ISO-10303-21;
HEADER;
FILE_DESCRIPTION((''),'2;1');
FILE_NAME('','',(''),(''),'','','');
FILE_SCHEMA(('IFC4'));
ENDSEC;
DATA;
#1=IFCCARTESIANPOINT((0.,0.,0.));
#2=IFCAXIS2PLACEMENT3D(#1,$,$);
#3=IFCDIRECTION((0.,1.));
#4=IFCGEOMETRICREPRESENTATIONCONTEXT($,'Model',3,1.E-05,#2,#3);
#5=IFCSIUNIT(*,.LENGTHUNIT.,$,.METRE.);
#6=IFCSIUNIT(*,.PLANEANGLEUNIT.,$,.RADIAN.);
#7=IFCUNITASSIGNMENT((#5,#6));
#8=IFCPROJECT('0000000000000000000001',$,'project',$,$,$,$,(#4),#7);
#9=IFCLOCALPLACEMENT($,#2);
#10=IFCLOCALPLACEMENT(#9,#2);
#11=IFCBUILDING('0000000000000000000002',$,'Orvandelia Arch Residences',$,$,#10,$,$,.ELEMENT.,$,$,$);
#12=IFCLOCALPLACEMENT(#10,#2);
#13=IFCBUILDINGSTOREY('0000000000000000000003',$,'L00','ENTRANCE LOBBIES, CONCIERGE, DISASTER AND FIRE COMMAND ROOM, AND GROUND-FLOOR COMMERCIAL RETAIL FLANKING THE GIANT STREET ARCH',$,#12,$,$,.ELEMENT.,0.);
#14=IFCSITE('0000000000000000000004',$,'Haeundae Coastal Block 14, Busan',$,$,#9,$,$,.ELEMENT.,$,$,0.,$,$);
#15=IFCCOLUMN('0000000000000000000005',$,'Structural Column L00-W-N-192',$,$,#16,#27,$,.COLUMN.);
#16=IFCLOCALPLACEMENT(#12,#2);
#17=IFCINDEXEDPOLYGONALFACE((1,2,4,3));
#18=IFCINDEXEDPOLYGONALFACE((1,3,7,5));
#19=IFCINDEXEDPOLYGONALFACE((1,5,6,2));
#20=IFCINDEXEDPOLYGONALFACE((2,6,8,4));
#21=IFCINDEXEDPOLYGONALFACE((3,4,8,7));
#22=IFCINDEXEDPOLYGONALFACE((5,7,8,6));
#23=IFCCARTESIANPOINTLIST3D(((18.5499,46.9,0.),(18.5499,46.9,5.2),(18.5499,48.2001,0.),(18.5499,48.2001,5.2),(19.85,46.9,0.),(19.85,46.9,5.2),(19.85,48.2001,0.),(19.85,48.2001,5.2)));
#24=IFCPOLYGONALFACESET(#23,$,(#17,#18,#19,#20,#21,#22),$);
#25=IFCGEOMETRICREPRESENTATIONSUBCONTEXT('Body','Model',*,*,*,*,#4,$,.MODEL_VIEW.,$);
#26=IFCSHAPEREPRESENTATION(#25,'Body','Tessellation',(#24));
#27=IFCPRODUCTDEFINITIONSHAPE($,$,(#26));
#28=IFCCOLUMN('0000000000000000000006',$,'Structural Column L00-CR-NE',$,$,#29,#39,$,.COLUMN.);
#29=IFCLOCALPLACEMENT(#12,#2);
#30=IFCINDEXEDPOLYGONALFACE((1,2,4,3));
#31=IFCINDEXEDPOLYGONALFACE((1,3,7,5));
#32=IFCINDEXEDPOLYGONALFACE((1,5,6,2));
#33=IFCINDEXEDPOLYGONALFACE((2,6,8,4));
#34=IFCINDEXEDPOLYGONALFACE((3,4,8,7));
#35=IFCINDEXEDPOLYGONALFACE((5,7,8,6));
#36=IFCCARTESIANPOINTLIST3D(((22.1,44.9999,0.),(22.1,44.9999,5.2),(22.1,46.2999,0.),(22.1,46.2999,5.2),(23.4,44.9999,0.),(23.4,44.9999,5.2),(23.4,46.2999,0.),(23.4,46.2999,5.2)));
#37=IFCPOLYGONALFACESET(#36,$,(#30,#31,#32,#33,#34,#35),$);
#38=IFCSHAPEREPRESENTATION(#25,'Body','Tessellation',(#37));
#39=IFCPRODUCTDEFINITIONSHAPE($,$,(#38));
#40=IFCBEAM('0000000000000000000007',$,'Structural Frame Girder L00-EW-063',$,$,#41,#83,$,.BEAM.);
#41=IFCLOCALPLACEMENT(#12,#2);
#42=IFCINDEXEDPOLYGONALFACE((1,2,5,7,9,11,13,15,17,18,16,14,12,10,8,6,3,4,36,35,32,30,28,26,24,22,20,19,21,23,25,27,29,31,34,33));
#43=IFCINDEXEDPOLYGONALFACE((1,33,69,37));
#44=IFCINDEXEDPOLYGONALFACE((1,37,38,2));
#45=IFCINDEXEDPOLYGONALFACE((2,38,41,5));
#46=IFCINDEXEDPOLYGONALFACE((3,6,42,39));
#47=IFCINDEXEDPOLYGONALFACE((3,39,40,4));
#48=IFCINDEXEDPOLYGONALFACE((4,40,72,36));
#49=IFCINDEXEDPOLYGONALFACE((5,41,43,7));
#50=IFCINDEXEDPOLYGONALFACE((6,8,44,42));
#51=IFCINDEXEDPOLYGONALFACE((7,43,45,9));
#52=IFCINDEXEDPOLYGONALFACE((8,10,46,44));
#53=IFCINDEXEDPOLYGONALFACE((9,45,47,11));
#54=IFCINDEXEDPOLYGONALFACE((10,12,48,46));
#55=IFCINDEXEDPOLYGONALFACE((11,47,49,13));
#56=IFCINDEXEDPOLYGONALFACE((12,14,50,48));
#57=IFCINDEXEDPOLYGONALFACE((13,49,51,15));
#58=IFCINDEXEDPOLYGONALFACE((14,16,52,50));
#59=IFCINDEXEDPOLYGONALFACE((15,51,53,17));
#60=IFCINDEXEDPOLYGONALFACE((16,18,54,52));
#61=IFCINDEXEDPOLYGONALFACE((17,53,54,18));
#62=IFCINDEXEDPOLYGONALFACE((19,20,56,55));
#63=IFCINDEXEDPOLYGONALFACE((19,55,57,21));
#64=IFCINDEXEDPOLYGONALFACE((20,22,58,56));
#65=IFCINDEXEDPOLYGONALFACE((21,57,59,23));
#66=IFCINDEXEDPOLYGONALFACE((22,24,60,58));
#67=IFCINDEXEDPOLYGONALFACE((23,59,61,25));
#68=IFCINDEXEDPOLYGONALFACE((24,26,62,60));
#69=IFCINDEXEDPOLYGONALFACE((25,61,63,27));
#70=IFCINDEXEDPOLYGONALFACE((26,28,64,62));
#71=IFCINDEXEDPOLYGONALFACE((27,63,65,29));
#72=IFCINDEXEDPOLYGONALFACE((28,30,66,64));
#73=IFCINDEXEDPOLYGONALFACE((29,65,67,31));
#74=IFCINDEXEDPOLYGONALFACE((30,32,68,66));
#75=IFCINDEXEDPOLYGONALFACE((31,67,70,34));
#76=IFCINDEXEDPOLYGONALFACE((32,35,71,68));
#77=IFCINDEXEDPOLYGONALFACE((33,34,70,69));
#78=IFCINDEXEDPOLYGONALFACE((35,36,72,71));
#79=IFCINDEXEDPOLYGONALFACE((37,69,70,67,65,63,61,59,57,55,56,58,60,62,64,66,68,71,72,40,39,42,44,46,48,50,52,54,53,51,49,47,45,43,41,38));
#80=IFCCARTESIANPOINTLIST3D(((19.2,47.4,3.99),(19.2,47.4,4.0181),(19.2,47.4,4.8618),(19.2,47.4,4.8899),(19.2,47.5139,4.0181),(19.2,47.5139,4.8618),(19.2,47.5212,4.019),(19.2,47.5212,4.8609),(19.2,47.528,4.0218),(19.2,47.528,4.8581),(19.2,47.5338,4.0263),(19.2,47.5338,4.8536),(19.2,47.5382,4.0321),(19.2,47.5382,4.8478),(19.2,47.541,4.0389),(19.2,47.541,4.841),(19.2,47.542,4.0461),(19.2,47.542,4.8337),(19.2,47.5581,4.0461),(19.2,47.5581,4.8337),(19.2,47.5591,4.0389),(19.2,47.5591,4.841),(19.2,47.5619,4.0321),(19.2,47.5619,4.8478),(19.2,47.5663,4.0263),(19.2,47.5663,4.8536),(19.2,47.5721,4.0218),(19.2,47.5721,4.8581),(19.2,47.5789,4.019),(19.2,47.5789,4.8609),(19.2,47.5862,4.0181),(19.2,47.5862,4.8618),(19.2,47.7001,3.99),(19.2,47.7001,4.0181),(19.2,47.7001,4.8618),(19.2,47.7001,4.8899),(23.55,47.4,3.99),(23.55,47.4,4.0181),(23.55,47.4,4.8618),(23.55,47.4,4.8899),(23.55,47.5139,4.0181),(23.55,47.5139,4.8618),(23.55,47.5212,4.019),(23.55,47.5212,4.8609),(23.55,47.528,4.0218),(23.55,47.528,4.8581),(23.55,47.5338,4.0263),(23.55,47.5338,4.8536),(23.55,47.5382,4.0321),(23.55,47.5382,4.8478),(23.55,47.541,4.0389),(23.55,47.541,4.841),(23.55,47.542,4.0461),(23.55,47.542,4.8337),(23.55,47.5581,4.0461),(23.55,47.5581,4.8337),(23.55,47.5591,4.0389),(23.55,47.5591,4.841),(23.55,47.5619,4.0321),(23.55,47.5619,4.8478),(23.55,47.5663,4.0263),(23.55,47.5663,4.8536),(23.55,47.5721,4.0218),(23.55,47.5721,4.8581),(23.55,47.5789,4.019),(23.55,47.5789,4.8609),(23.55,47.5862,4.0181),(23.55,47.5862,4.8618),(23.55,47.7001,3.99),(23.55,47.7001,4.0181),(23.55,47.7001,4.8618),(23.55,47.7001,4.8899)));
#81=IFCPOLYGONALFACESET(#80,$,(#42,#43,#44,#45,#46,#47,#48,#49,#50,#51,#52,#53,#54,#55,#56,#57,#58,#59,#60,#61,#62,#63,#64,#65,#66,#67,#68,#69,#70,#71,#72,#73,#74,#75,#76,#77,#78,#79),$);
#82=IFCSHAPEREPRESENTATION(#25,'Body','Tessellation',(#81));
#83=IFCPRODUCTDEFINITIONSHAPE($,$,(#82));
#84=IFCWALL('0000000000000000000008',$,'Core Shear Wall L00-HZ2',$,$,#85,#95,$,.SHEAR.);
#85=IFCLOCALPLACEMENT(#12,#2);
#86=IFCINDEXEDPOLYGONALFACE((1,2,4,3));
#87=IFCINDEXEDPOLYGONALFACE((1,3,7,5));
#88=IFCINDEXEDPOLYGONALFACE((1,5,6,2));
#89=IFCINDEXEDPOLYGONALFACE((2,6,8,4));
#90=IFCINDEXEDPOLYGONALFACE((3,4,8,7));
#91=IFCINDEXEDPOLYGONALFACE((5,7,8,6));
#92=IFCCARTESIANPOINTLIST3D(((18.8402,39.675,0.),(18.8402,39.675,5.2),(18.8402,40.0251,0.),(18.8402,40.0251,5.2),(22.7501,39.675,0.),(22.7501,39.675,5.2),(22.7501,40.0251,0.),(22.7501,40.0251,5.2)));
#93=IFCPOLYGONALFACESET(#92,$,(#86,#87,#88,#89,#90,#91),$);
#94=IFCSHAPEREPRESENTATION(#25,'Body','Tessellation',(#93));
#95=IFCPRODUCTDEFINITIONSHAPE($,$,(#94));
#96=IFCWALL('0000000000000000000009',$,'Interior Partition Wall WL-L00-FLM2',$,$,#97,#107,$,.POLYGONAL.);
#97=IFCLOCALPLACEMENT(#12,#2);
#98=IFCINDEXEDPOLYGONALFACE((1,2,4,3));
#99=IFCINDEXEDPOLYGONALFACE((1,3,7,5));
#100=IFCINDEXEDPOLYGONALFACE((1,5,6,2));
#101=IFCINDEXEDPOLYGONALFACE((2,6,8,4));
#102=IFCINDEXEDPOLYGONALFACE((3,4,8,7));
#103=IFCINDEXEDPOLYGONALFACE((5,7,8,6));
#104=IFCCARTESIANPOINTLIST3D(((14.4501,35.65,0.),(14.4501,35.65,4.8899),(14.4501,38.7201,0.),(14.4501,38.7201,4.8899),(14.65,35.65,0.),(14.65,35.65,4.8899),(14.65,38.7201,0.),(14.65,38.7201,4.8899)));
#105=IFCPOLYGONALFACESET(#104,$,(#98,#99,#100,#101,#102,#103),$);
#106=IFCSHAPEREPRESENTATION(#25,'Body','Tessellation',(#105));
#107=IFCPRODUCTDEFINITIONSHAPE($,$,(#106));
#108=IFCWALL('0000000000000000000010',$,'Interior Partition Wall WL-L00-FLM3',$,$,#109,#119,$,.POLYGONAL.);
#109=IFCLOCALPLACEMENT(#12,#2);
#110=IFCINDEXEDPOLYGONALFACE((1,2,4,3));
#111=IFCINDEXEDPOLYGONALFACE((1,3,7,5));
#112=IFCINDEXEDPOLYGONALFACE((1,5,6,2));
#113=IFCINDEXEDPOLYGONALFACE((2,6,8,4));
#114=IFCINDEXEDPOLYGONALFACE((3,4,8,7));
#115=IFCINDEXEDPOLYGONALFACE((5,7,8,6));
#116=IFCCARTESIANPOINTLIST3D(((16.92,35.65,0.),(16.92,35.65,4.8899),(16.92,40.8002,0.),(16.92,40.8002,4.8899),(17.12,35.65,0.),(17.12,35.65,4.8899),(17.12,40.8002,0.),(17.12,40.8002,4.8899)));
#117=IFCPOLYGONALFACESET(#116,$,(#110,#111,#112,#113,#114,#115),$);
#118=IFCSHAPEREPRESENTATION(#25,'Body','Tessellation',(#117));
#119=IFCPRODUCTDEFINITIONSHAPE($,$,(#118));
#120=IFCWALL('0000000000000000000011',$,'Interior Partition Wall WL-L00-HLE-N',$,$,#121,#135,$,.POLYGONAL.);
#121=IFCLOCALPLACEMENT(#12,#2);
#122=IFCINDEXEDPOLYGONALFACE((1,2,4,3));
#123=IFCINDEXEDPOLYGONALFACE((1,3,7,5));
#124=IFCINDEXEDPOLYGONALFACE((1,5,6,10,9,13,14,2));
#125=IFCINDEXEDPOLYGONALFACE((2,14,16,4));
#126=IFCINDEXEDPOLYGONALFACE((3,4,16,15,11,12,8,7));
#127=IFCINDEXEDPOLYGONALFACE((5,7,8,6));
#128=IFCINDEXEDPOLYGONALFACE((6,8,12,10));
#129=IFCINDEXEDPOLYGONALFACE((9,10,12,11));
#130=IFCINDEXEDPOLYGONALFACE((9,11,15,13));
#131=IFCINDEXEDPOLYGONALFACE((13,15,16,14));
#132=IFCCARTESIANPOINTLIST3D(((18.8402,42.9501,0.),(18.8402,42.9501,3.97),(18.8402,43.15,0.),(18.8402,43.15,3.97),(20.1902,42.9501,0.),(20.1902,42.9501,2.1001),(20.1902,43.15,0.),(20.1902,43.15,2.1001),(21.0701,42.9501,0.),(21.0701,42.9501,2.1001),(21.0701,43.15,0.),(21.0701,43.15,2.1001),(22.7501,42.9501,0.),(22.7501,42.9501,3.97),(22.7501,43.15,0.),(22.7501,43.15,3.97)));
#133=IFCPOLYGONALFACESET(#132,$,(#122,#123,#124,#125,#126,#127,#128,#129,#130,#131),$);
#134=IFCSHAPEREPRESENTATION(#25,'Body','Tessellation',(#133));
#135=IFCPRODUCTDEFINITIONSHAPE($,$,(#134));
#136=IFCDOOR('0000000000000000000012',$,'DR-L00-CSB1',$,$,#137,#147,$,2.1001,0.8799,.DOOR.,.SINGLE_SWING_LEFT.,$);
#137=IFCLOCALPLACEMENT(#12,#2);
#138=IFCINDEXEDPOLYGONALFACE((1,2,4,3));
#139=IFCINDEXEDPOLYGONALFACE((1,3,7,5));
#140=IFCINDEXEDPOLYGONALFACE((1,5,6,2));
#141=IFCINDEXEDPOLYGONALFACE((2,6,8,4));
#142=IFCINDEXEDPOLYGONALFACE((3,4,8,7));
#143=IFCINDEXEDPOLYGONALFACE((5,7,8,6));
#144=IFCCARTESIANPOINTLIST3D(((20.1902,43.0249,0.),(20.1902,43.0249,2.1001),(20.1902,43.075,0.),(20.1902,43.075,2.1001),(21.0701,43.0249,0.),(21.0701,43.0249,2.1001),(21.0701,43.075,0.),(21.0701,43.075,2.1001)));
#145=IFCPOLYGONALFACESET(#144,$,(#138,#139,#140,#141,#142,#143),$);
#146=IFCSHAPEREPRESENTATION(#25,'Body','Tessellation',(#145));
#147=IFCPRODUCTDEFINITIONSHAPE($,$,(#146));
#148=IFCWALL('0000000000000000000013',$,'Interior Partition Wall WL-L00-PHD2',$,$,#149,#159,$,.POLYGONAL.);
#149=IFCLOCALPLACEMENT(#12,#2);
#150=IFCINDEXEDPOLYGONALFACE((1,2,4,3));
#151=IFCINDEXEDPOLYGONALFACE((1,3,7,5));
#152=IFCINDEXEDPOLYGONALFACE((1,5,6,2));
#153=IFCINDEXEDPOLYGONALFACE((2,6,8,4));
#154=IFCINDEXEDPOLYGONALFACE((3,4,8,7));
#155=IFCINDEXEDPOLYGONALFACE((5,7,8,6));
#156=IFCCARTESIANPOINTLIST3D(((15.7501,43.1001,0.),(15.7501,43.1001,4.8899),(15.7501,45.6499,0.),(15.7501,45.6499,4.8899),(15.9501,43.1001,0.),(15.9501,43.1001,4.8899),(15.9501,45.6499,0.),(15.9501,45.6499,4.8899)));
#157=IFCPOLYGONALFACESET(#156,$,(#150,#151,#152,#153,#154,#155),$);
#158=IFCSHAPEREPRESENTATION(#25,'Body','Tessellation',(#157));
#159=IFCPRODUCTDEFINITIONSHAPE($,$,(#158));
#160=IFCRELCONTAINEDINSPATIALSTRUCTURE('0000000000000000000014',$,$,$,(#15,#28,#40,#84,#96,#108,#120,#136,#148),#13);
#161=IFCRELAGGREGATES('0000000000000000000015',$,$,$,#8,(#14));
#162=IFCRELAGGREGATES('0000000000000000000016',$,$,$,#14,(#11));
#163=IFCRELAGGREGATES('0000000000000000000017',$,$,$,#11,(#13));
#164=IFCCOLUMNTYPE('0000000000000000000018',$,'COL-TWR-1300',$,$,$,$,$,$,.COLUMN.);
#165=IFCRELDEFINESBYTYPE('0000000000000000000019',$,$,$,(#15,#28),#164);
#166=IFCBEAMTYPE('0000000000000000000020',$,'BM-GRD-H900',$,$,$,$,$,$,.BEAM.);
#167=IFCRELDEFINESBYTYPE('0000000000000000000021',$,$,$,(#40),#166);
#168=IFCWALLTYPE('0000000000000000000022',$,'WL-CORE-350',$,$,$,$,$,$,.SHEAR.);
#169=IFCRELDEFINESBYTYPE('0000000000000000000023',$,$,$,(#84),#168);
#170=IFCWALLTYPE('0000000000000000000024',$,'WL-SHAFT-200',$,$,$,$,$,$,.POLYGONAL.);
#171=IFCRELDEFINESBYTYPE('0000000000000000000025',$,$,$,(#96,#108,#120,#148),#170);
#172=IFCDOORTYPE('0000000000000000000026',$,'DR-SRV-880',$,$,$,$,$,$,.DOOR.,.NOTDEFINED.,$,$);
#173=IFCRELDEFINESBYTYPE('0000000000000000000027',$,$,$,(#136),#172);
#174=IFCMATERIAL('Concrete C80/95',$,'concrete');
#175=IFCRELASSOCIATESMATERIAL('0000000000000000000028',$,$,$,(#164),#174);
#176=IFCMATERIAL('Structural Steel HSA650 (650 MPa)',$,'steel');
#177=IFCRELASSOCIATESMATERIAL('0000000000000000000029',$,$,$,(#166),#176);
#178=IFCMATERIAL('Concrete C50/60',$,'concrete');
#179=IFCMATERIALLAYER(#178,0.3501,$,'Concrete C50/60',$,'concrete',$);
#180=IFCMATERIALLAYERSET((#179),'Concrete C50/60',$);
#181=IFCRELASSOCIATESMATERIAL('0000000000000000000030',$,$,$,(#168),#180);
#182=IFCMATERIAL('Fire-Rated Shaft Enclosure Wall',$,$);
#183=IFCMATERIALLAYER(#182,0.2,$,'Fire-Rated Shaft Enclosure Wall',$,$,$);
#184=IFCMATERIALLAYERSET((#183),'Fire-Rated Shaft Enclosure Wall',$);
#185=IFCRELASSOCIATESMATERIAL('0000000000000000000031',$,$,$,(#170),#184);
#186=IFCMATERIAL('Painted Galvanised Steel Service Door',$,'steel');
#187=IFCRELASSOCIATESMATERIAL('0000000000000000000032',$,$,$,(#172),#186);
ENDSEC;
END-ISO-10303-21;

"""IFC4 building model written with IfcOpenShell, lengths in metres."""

from ifc_helpers import new_model, si_unit, direction, frame, frame_2d, origin, origin_2d, place, context, subcontext, project, spatial, rectangle, i_section, extrude, material, layer, layer_set, material_profile, profile_set, type_object, element, fill, save


model = new_model("IFC4")

# Units and contexts
model_context = context("Model", 3, precision=1e-05, world=origin(), true_north=direction((0.0, 1.0)))
body_context = subcontext(model_context, "Body", "Model", "MODEL_VIEW")
ifc_project = project(units=[si_unit("LENGTHUNIT", "METRE"), si_unit("PLANEANGLEUNIT", "RADIAN")], contexts=[model_context])

# Site, building, storey
site_placement = place(None, origin())
site = spatial("IfcSite", under=ifc_project, at=site_placement, Name="Haeundae Coastal Block 14, Busan", CompositionType="ELEMENT", RefElevation=0.0)
building_placement = place(site_placement, origin())
building = spatial("IfcBuilding", under=site, at=building_placement, Name="Orvandelia Arch Residences", CompositionType="ELEMENT")
storey_placement = place(building_placement, origin())
storey = spatial("IfcBuildingStorey", under=building, at=storey_placement, Name="L00", Description="ENTRANCE LOBBIES, CONCIERGE, DISASTER AND FIRE COMMAND ROOM, AND GROUND-FLOOR COMMERCIAL RETAIL FLANKING THE GIANT STREET ARCH", CompositionType="ELEMENT", Elevation=0.0)

# Columns
ifc_material_1 = material(Name="Concrete C80/95", Category="concrete")
ifc_material_profile_1 = material_profile(ifc_material_1, rectangle(XDim=1.3, YDim=1.3, at=origin_2d()), Name="Concrete C80/95", Category="concrete")
ifc_profile_set_1 = profile_set([ifc_material_profile_1], Name="Concrete C80/95")
column_type = type_object("IfcColumnType", Name="COL-TWR-1300", PredefinedType="COLUMN", material=ifc_profile_set_1)
for number, where, z_axis, x_axis, name in (
    (1, (19.2, 47.55, 0.0), (0.0, 0.0, 1.0), (1.0, 0.0, 0.0), "Structural Column L00-W-N-192"),
    (2, (22.75, 45.6499, 0.0), (0.0, 0.0, 1.0), (1.0, 0.0, 0.0), "Structural Column L00-CR-NE"),
):
    element("IfcColumn", number, at=place(storey_placement, frame(where, z_axis=z_axis, x_axis=x_axis)), inside=storey, type_object=column_type, Name=name, PredefinedType="COLUMN", context=body_context, shape_type="SweptSolid", body=[
        extrude(rectangle(XDim=1.3, YDim=1.3, at=origin_2d()), origin(), (0.0, 0.0, 1.0), 5.2),
    ])

# Beam
ifc_material_2 = material(Name="Structural Steel HSA650 (650 MPa)", Category="steel")
ifc_material_profile_2 = material_profile(ifc_material_2, i_section(OverallWidth=0.3, OverallDepth=0.8999, WebThickness=0.0161, FlangeThickness=0.0281, FilletRadius=0.0281, at=origin_2d()), Name="Structural Steel HSA650 (650 MPa)", Category="steel")
ifc_profile_set_2 = profile_set([ifc_material_profile_2], Name="Structural Steel HSA650 (650 MPa)")
beam_type = type_object("IfcBeamType", Name="BM-GRD-H900", PredefinedType="BEAM", material=ifc_profile_set_2)
beam_placement = place(storey_placement, frame((19.2, 47.55, 4.4399), z_axis=(1.0, 0.0, 0.0), x_axis=(0.0, 1.0, 0.0)))
element("IfcBeam", 3, at=beam_placement, inside=storey, type_object=beam_type, Name="Structural Frame Girder L00-EW-063", PredefinedType="BEAM", context=body_context, shape_type="SweptSolid", body=[
    extrude(i_section(OverallWidth=0.3, OverallDepth=0.8999, WebThickness=0.0161, FlangeThickness=0.0281, FilletRadius=0.0281, at=origin_2d()), origin(), (0.0, 0.0, 1.0), 4.3501),
])

# Walls
ifc_material_3 = material(Name="Concrete C50/60", Category="concrete")
ifc_layer_1 = layer(ifc_material_3, 0.3501, Name="Concrete C50/60", Category="concrete")
ifc_layer_set_1 = layer_set([ifc_layer_1], Name="Concrete C50/60")
wall_type_1 = type_object("IfcWallType", Name="WL-CORE-350", PredefinedType="SHEAR", material=ifc_layer_set_1)
wall_1_placement = place(storey_placement, frame((18.8401, 39.8501, 0.0), z_axis=(0.0, 0.0, 1.0), x_axis=(1.0, 0.0, 0.0)))
element("IfcWall", 4, at=wall_1_placement, inside=storey, type_object=wall_type_1, Name="Core Shear Wall L00-HZ2", PredefinedType="SHEAR", context=body_context, shape_type="SweptSolid", body=[
    extrude(rectangle(XDim=3.9099, YDim=0.3501, at=frame_2d((1.9551, 0.0))), origin(), (0.0, 0.0, 1.0), 5.2),
])
ifc_material_4 = material(Name="Fire-Rated Shaft Enclosure Wall")
ifc_layer_2 = layer(ifc_material_4, 0.2, Name="Fire-Rated Shaft Enclosure Wall")
ifc_layer_set_2 = layer_set([ifc_layer_2], Name="Fire-Rated Shaft Enclosure Wall")
wall_type_2 = type_object("IfcWallType", Name="WL-SHAFT-200", PredefinedType="POLYGONAL", material=ifc_layer_set_2)
wall_2_placement = place(storey_placement, frame((14.55, 35.6499, 0.0), z_axis=(0.0, 0.0, 1.0), x_axis=(0.0, 1.0, 0.0)))
element("IfcWall", 5, at=wall_2_placement, inside=storey, type_object=wall_type_2, Name="Interior Partition Wall WL-L00-FLM2", PredefinedType="POLYGONAL", context=body_context, shape_type="SweptSolid", body=[
    extrude(rectangle(XDim=3.0701, YDim=0.2, at=frame_2d((1.5352, 0.0))), origin(), (0.0, 0.0, 1.0), 4.8899),
])
wall_3_placement = place(storey_placement, frame((17.02, 35.6499, 0.0), z_axis=(0.0, 0.0, 1.0), x_axis=(0.0, 1.0, 0.0)))
element("IfcWall", 6, at=wall_3_placement, inside=storey, type_object=wall_type_2, Name="Interior Partition Wall WL-L00-FLM3", PredefinedType="POLYGONAL", context=body_context, shape_type="SweptSolid", body=[
    extrude(rectangle(XDim=5.1501, YDim=0.2, at=frame_2d((2.5752, 0.0))), origin(), (0.0, 0.0, 1.0), 4.8899),
])

# Wall, opening, door
wall_4_placement = place(storey_placement, frame((18.8401, 43.05, 0.0), z_axis=(0.0, 0.0, 1.0), x_axis=(1.0, 0.0, 0.0)))
wall_4 = element("IfcWall", 7, at=wall_4_placement, inside=storey, type_object=wall_type_2, Name="Interior Partition Wall WL-L00-HLE-N", PredefinedType="POLYGONAL", context=body_context, shape_type="SweptSolid", body=[
    extrude(rectangle(XDim=3.9099, YDim=0.2, at=frame_2d((1.9551, 0.0))), origin(), (0.0, 0.0, 1.0), 3.97),
])
opening_placement = place(wall_4_placement, frame((1.3501, 0.0, 0.0)))
opening = element("IfcOpeningElement", 8, at=opening_placement, cuts=wall_4, PredefinedType="OPENING", context=body_context, shape_type="SweptSolid", body=[
    extrude(rectangle(XDim=0.8799, YDim=2.1001, at=frame_2d((0.4399, 1.05))), frame((0.0, 0.1099, 0.0), z_axis=(0.0, -1.0, 0.0), x_axis=(1.0, 0.0, 0.0)), (0.0, 0.0, 1.0), 0.22),
])
ifc_material_5 = material(Name="Painted Galvanised Steel Service Door", Category="steel")
door_type = type_object("IfcDoorType", Name="DR-SRV-880", OperationType="NOTDEFINED", PredefinedType="DOOR", material=ifc_material_5)
door_placement = place(opening_placement, origin())
door = element("IfcDoor", 9, at=door_placement, inside=storey, type_object=door_type, Name="DR-L00-CSB1", OperationType="SINGLE_SWING_LEFT", OverallHeight=2.1001, OverallWidth=0.8799, PredefinedType="DOOR", context=body_context, shape_type="SweptSolid", body=[
    extrude(rectangle(XDim=0.8799, YDim=2.1001, at=frame_2d((0.4399, 1.05))), frame((0.0, 0.0249, 0.0), z_axis=(0.0, -1.0, 0.0), x_axis=(1.0, 0.0, 0.0)), (0.0, 0.0, 1.0), 0.05),
])
fill(opening, door)

# Wall
wall_5_placement = place(storey_placement, frame((15.8501, 43.1001, 0.0), z_axis=(0.0, 0.0, 1.0), x_axis=(0.0, 1.0, 0.0)))
element("IfcWall", 10, at=wall_5_placement, inside=storey, type_object=wall_type_2, Name="Interior Partition Wall WL-L00-PHD2", PredefinedType="POLYGONAL", context=body_context, shape_type="SweptSolid", body=[
    extrude(rectangle(XDim=2.5498, YDim=0.2, at=frame_2d((1.2749, 0.0))), origin(), (0.0, 0.0, 1.0), 4.8899),
])

save(model, "model.ifc")
